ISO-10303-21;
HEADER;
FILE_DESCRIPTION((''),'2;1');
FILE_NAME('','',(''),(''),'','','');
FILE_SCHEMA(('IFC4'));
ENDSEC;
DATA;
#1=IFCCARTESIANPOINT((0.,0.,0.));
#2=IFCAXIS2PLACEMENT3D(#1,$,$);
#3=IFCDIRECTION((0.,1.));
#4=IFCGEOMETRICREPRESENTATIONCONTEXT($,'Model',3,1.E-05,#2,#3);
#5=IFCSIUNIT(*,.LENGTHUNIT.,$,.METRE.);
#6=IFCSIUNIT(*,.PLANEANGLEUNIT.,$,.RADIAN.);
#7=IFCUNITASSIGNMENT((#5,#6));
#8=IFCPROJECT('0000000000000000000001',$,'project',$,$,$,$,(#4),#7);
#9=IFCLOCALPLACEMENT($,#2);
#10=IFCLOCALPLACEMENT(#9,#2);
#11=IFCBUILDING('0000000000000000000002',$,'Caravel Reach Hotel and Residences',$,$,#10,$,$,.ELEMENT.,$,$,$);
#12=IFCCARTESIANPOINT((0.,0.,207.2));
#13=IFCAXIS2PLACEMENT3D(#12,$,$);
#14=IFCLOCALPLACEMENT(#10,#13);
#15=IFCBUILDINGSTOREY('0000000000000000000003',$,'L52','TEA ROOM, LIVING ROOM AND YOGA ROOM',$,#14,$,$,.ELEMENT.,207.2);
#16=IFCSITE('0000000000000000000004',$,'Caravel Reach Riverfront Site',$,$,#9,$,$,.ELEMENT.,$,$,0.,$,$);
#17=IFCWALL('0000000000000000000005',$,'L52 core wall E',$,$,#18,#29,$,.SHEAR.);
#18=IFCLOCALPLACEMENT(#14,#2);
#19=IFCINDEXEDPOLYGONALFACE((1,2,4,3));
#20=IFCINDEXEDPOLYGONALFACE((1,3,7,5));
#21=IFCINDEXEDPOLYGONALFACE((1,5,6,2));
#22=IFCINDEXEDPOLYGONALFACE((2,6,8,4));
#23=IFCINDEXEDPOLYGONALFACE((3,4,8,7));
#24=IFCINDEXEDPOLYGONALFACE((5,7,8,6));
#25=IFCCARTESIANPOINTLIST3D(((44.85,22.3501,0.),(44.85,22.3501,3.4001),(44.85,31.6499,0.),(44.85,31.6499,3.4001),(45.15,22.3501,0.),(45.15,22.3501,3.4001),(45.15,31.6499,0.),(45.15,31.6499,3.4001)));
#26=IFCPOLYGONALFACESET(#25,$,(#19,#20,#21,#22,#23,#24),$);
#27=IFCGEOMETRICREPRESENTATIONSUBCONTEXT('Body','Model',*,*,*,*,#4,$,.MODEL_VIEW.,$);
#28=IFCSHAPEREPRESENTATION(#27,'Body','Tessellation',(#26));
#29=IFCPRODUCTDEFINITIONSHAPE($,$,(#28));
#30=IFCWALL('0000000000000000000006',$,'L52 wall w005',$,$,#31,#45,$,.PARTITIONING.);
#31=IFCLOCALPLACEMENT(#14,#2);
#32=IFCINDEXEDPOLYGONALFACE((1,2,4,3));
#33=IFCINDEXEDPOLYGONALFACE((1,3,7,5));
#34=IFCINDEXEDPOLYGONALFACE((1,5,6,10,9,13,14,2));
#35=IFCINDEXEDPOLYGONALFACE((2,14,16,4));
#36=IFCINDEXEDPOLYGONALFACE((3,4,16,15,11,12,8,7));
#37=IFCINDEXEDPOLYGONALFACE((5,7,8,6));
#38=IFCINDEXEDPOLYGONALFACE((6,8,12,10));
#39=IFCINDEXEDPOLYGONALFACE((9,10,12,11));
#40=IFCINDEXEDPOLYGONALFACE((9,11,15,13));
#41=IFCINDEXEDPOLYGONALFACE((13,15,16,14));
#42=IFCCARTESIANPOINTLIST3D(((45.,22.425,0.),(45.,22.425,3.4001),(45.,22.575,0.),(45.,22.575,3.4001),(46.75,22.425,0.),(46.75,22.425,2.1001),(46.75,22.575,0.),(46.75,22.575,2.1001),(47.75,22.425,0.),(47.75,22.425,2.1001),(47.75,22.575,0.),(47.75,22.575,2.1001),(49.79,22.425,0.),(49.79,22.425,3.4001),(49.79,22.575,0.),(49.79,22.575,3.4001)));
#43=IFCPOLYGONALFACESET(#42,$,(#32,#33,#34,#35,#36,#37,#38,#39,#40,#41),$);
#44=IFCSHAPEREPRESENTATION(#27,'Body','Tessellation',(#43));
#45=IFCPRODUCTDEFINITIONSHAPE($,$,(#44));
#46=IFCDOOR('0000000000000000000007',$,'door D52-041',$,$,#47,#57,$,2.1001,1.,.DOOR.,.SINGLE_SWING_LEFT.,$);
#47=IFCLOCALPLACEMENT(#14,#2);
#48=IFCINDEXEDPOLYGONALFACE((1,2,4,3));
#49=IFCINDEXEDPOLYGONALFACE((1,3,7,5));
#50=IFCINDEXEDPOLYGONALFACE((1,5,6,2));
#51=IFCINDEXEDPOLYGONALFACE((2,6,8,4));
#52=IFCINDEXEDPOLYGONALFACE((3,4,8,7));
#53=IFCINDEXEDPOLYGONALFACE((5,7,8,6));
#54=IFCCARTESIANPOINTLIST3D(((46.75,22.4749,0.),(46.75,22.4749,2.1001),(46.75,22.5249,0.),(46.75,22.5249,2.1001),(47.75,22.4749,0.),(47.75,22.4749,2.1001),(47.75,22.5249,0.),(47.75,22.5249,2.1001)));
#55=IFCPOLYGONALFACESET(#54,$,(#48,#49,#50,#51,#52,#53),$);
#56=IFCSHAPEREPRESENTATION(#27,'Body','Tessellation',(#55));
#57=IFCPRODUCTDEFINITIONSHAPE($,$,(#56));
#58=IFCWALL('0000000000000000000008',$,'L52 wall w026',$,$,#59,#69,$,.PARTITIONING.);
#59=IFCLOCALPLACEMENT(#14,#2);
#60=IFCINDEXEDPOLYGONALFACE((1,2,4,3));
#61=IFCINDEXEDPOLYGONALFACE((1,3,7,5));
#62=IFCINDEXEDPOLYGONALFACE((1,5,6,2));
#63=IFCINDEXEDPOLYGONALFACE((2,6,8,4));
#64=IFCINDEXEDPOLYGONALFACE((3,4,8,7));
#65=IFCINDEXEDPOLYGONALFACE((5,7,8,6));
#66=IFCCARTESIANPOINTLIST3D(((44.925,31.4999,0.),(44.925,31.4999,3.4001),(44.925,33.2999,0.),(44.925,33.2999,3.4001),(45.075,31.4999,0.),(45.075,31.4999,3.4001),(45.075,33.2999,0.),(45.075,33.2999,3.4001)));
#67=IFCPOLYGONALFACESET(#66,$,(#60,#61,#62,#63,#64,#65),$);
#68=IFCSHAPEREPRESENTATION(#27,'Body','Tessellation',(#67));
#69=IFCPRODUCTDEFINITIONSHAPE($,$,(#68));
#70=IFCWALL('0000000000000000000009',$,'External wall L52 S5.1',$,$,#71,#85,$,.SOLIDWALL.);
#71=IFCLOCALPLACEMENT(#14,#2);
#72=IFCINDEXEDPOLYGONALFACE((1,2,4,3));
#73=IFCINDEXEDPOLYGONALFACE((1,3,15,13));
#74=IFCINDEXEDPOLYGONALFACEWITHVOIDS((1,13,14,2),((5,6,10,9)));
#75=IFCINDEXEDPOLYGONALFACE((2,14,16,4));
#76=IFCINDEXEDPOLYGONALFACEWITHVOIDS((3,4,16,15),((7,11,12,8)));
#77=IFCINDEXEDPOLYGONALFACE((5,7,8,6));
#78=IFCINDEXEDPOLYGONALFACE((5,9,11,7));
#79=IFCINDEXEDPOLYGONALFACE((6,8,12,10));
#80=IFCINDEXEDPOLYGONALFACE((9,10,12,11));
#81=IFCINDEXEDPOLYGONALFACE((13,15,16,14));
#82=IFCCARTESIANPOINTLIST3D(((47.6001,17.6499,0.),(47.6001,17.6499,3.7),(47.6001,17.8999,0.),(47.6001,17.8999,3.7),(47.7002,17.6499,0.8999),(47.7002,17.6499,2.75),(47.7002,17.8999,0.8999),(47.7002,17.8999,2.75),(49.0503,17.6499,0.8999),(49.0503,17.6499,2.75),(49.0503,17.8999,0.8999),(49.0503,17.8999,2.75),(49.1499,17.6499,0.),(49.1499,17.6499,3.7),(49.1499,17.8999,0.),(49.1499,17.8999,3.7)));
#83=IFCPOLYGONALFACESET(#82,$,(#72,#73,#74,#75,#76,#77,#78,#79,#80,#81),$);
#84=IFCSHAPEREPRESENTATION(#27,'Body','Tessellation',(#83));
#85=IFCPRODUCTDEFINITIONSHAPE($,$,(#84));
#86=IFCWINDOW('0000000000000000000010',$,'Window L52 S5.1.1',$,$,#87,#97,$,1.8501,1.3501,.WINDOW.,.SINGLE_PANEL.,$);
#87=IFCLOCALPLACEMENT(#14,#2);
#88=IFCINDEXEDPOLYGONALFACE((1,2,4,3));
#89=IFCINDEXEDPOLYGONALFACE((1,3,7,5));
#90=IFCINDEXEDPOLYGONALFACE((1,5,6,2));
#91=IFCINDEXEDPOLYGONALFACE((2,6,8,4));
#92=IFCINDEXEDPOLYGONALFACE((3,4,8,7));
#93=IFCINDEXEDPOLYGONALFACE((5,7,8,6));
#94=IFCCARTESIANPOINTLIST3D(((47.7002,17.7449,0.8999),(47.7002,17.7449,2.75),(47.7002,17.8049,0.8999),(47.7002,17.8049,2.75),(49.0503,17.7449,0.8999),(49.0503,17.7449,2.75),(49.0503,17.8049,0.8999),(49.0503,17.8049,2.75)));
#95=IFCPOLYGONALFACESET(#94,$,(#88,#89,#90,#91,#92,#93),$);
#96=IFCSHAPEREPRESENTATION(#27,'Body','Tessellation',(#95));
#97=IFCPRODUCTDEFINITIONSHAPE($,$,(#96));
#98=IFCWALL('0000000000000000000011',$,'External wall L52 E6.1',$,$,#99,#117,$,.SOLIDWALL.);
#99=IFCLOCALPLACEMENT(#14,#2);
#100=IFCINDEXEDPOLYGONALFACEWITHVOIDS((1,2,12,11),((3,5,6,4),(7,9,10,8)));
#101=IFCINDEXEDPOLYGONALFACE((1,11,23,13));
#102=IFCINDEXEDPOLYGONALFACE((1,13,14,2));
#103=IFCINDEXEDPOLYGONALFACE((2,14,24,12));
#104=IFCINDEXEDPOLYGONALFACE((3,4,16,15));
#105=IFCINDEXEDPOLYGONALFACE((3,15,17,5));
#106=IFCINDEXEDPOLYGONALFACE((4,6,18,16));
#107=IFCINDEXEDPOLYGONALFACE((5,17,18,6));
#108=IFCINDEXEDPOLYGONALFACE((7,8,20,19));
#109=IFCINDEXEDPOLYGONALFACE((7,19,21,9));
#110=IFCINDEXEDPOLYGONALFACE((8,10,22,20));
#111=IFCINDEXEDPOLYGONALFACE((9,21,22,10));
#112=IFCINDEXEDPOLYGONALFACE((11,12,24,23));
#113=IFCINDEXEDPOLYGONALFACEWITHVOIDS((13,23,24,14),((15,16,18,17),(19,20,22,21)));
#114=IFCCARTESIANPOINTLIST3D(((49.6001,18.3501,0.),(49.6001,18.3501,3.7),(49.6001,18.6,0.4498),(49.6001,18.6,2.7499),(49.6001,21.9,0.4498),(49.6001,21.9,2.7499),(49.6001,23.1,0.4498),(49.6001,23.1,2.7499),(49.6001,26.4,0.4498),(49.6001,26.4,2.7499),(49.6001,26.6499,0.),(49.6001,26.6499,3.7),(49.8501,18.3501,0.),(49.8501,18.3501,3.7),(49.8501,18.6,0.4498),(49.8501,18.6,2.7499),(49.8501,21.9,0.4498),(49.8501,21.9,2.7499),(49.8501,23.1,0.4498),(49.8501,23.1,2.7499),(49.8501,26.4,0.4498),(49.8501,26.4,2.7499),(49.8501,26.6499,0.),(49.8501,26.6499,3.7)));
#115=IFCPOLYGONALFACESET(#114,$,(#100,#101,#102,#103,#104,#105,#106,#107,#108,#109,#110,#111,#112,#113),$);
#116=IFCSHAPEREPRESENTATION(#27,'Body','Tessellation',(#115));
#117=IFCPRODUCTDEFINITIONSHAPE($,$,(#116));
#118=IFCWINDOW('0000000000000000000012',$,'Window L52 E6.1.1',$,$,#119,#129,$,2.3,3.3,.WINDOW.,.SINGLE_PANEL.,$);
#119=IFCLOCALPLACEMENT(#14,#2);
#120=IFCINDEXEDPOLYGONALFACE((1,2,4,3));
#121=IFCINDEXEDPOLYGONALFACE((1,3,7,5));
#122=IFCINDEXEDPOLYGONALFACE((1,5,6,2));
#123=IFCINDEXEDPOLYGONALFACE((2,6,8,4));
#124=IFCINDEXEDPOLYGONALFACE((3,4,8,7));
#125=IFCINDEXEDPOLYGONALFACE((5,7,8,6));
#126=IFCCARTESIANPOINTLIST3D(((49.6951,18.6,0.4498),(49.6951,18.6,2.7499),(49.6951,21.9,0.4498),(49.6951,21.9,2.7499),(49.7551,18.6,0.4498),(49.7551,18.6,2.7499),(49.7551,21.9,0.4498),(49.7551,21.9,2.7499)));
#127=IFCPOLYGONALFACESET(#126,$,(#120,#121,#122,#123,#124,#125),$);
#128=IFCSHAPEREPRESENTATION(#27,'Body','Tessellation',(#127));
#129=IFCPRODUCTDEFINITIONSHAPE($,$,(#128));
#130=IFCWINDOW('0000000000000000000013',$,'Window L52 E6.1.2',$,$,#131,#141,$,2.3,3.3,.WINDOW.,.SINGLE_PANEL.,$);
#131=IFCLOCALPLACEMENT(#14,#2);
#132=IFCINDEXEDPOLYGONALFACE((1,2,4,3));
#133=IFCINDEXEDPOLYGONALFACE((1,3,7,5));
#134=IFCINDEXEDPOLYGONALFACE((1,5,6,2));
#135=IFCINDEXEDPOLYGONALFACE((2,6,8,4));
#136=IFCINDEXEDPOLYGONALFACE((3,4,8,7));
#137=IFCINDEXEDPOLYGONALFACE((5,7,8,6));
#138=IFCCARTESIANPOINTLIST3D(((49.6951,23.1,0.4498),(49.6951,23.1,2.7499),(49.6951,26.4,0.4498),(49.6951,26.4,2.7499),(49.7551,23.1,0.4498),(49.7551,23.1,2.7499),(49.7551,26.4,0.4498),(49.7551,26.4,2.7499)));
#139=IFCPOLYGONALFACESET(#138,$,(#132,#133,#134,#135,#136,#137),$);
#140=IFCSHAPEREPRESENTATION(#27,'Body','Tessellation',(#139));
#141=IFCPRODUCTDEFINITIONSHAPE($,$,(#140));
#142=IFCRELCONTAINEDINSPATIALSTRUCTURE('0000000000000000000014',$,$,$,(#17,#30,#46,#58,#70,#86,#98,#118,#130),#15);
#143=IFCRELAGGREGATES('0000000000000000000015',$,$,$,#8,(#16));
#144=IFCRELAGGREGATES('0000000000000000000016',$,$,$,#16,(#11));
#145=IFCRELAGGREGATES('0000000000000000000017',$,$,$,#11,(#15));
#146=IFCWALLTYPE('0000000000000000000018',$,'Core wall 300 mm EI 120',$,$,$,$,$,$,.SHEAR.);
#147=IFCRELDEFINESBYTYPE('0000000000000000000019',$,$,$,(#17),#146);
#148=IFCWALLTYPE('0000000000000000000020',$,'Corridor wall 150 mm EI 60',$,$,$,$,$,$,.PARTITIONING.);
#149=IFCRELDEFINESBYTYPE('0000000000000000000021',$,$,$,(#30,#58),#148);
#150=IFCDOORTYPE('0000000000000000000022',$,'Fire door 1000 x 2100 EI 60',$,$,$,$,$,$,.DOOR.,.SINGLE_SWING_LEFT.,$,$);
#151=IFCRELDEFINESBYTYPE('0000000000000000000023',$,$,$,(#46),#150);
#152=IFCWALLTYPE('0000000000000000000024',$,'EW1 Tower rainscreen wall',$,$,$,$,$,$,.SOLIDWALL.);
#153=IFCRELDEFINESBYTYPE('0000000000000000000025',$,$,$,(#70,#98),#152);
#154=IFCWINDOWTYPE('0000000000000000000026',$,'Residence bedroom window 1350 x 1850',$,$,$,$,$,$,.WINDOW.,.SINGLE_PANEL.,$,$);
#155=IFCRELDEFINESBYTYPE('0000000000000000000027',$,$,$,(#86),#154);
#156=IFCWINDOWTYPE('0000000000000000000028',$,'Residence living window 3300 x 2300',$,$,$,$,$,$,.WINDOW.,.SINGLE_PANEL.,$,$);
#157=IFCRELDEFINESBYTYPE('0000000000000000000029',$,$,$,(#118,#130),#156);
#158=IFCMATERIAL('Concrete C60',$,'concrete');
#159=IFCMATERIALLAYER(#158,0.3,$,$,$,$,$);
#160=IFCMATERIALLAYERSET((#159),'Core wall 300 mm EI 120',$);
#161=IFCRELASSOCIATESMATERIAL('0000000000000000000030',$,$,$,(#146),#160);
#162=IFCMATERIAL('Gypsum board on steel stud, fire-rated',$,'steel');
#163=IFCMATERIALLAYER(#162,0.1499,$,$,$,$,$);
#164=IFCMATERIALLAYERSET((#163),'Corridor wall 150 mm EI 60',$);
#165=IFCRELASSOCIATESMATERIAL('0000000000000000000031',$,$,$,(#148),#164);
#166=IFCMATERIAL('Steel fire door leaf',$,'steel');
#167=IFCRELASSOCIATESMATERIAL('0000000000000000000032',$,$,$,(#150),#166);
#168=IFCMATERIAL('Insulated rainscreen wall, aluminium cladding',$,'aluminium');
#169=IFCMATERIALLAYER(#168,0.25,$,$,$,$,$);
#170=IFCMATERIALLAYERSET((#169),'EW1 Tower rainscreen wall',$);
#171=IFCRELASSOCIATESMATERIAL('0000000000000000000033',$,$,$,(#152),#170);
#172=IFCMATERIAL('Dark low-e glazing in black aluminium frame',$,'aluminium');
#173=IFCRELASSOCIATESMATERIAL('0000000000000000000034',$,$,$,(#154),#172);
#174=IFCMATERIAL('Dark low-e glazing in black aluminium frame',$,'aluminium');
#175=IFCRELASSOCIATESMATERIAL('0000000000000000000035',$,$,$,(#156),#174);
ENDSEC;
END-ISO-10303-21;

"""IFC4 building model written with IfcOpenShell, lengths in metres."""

from ifc_helpers import new_model, si_unit, direction, frame, frame_2d, origin, place, context, subcontext, project, spatial, rectangle, extrude, material, layer, layer_set, type_object, element, fill, save


model = new_model("IFC4")

# Units and contexts
model_context = context("Model", 3, precision=1e-05, world=origin(), true_north=direction((0.0, 1.0)))
body_context = subcontext(model_context, "Body", "Model", "MODEL_VIEW")
ifc_project = project(units=[si_unit("LENGTHUNIT", "METRE"), si_unit("PLANEANGLEUNIT", "RADIAN")], contexts=[model_context])

# Site, building, storey
site_placement = place(None, origin())
site = spatial("IfcSite", under=ifc_project, at=site_placement, Name="Caravel Reach Riverfront Site", CompositionType="ELEMENT", RefElevation=0.0)
building_placement = place(site_placement, origin())
building = spatial("IfcBuilding", under=site, at=building_placement, Name="Caravel Reach Hotel and Residences", CompositionType="ELEMENT")
storey_placement = place(building_placement, frame((0.0, 0.0, 207.2)))
storey = spatial("IfcBuildingStorey", under=building, at=storey_placement, Name="L52", Description="TEA ROOM, LIVING ROOM AND YOGA ROOM", CompositionType="ELEMENT", Elevation=207.2)

# Wall
ifc_material_1 = material(Name="Concrete C60", Category="concrete")
ifc_layer_1 = layer(ifc_material_1, 0.3)
ifc_layer_set_1 = layer_set([ifc_layer_1], Name="Core wall 300 mm EI 120")
wall_type_1 = type_object("IfcWallType", Name="Core wall 300 mm EI 120", PredefinedType="SHEAR", material=ifc_layer_set_1)
wall_1_placement = place(storey_placement, frame((45.0, 22.3501, 0.0), z_axis=(0.0, 0.0, 1.0), x_axis=(0.0, 1.0, 0.0)))
element("IfcWall", 1, at=wall_1_placement, inside=storey, type_object=wall_type_1, Name="L52 core wall E", PredefinedType="SHEAR", context=body_context, shape_type="SweptSolid", body=[
    extrude(rectangle(XDim=9.2998, YDim=0.3, at=frame_2d((4.6499, 0.0))), origin(), (0.0, 0.0, 1.0), 3.4001),
])

# Wall, opening, door
ifc_material_2 = material(Name="Gypsum board on steel stud, fire-rated", Category="steel")
ifc_layer_2 = layer(ifc_material_2, 0.1499)
ifc_layer_set_2 = layer_set([ifc_layer_2], Name="Corridor wall 150 mm EI 60")
wall_type_2 = type_object("IfcWallType", Name="Corridor wall 150 mm EI 60", PredefinedType="PARTITIONING", material=ifc_layer_set_2)
wall_2_placement = place(storey_placement, frame((45.0, 22.5, 0.0), z_axis=(0.0, 0.0, 1.0), x_axis=(1.0, 0.0, 0.0)))
wall_2 = element("IfcWall", 2, at=wall_2_placement, inside=storey, type_object=wall_type_2, Name="L52 wall w005", PredefinedType="PARTITIONING", context=body_context, shape_type="SweptSolid", body=[
    extrude(rectangle(XDim=4.79, YDim=0.1499, at=frame_2d((2.395, 0.0))), origin(), (0.0, 0.0, 1.0), 3.4001),
])
opening_1_placement = place(wall_2_placement, frame((1.75, 0.0, 0.0)))
opening_1 = element("IfcOpeningElement", 3, at=opening_1_placement, cuts=wall_2, PredefinedType="OPENING", context=body_context, shape_type="SweptSolid", body=[
    extrude(rectangle(XDim=1.0, YDim=2.1001, at=frame_2d((0.5, 1.05))), frame((0.0, 0.085, 0.0), z_axis=(0.0, -1.0, 0.0), x_axis=(1.0, 0.0, 0.0)), (0.0, 0.0, 1.0), 0.1699),
])
ifc_material_3 = material(Name="Steel fire door leaf", Category="steel")
door_type = type_object("IfcDoorType", Name="Fire door 1000 x 2100 EI 60", OperationType="SINGLE_SWING_LEFT", PredefinedType="DOOR", material=ifc_material_3)
door_placement = place(opening_1_placement, origin())
door = element("IfcDoor", 4, at=door_placement, inside=storey, type_object=door_type, Name="door D52-041", OperationType="SINGLE_SWING_LEFT", OverallHeight=2.1001, OverallWidth=1.0, PredefinedType="DOOR", context=body_context, shape_type="SweptSolid", body=[
    extrude(rectangle(XDim=1.0, YDim=2.1001, at=frame_2d((0.5, 1.05))), frame((0.0, 0.0249, 0.0), z_axis=(0.0, -1.0, 0.0), x_axis=(1.0, 0.0, 0.0)), (0.0, 0.0, 1.0), 0.05),
])
fill(opening_1, door)

# Wall
wall_3_placement = place(storey_placement, frame((45.0, 31.5, 0.0), z_axis=(0.0, 0.0, 1.0), x_axis=(0.0, 1.0, 0.0)))
element("IfcWall", 5, at=wall_3_placement, inside=storey, type_object=wall_type_2, Name="L52 wall w026", PredefinedType="PARTITIONING", context=body_context, shape_type="SweptSolid", body=[
    extrude(rectangle(XDim=1.8, YDim=0.1499, at=frame_2d((0.8999, 0.0))), origin(), (0.0, 0.0, 1.0), 3.4001),
])

# Wall, opening, window
ifc_material_4 = material(Name="Insulated rainscreen wall, aluminium cladding", Category="aluminium")
ifc_layer_3 = layer(ifc_material_4, 0.25)
ifc_layer_set_3 = layer_set([ifc_layer_3], Name="EW1 Tower rainscreen wall")
wall_type_3 = type_object("IfcWallType", Name="EW1 Tower rainscreen wall", PredefinedType="SOLIDWALL", material=ifc_layer_set_3)
wall_4_placement = place(storey_placement, frame((47.6001, 17.7749, 0.0), z_axis=(0.0, 0.0, 1.0), x_axis=(1.0, 0.0, 0.0)))
wall_4 = element("IfcWall", 6, at=wall_4_placement, inside=storey, type_object=wall_type_3, Name="External wall L52 S5.1", PredefinedType="SOLIDWALL", context=body_context, shape_type="SweptSolid", body=[
    extrude(rectangle(XDim=1.5498, YDim=0.25, at=frame_2d((0.7749, 0.0))), origin(), (0.0, 0.0, 1.0), 3.7),
])
opening_2_placement = place(wall_4_placement, frame((0.1001, 0.0, 0.8999)))
opening_2 = element("IfcOpeningElement", 7, at=opening_2_placement, cuts=wall_4, PredefinedType="OPENING", context=body_context, shape_type="SweptSolid", body=[
    extrude(rectangle(XDim=1.3501, YDim=1.8501, at=frame_2d((0.675, 0.925))), frame((0.0, 0.135, 0.0), z_axis=(0.0, -1.0, 0.0), x_axis=(1.0, 0.0, 0.0)), (0.0, 0.0, 1.0), 0.27),
])
ifc_material_5 = material(Name="Dark low-e glazing in black aluminium frame", Category="aluminium")
window_type_1 = type_object("IfcWindowType", Name="Residence bedroom window 1350 x 1850", PartitioningType="SINGLE_PANEL", PredefinedType="WINDOW", material=ifc_material_5)
window_1_placement = place(opening_2_placement, origin())
window_1 = element("IfcWindow", 8, at=window_1_placement, inside=storey, type_object=window_type_1, Name="Window L52 S5.1.1", OverallHeight=1.8501, OverallWidth=1.3501, PartitioningType="SINGLE_PANEL", PredefinedType="WINDOW", context=body_context, shape_type="SweptSolid", body=[
    extrude(rectangle(XDim=1.3501, YDim=1.8501, at=frame_2d((0.675, 0.925))), frame((0.0, 0.03, 0.0), z_axis=(0.0, -1.0, 0.0), x_axis=(1.0, 0.0, 0.0)), (0.0, 0.0, 1.0), 0.0601),
])
fill(opening_2, window_1)

# Wall, openings, windows
wall_5_placement = place(storey_placement, frame((49.7251, 18.3501, 0.0), z_axis=(0.0, 0.0, 1.0), x_axis=(0.0, 1.0, 0.0)))
wall_5 = element("IfcWall", 9, at=wall_5_placement, inside=storey, type_object=wall_type_3, Name="External wall L52 E6.1", PredefinedType="SOLIDWALL", context=body_context, shape_type="SweptSolid", body=[
    extrude(rectangle(XDim=8.2998, YDim=0.25, at=frame_2d((4.1499, 0.0))), origin(), (0.0, 0.0, 1.0), 3.7),
])
opening_3_placement = place(wall_5_placement, frame((0.25, 0.0, 0.45)))
opening_3 = element("IfcOpeningElement", 10, at=opening_3_placement, cuts=wall_5, PredefinedType="OPENING", context=body_context, shape_type="SweptSolid", body=[
    extrude(rectangle(XDim=3.3, YDim=2.3, at=frame_2d((1.6499, 1.1499))), frame((0.0, 0.135, 0.0), z_axis=(0.0, -1.0, 0.0), x_axis=(1.0, 0.0, 0.0)), (0.0, 0.0, 1.0), 0.27),
])
opening_4_placement = place(wall_5_placement, frame((4.75, 0.0, 0.45)))
opening_4 = element("IfcOpeningElement", 11, at=opening_4_placement, cuts=wall_5, PredefinedType="OPENING", context=body_context, shape_type="SweptSolid", body=[
    extrude(rectangle(XDim=3.3, YDim=2.3, at=frame_2d((1.6499, 1.1499))), frame((0.0, 0.135, 0.0), z_axis=(0.0, -1.0, 0.0), x_axis=(1.0, 0.0, 0.0)), (0.0, 0.0, 1.0), 0.27),
])
ifc_material_6 = material(Name="Dark low-e glazing in black aluminium frame", Category="aluminium")
window_type_2 = type_object("IfcWindowType", Name="Residence living window 3300 x 2300", PartitioningType="SINGLE_PANEL", PredefinedType="WINDOW", material=ifc_material_6)
window_2_placement = place(opening_3_placement, origin())
window_2 = element("IfcWindow", 12, at=window_2_placement, inside=storey, type_object=window_type_2, Name="Window L52 E6.1.1", OverallHeight=2.3, OverallWidth=3.3, PartitioningType="SINGLE_PANEL", PredefinedType="WINDOW", context=body_context, shape_type="SweptSolid", body=[
    extrude(rectangle(XDim=3.3, YDim=2.3, at=frame_2d((1.6499, 1.1499))), frame((0.0, 0.03, 0.0), z_axis=(0.0, -1.0, 0.0), x_axis=(1.0, 0.0, 0.0)), (0.0, 0.0, 1.0), 0.0601),
])
fill(opening_3, window_2)
window_3_placement = place(opening_4_placement, origin())
window_3 = element("IfcWindow", 13, at=window_3_placement, inside=storey, type_object=window_type_2, Name="Window L52 E6.1.2", OverallHeight=2.3, OverallWidth=3.3, PartitioningType="SINGLE_PANEL", PredefinedType="WINDOW", context=body_context, shape_type="SweptSolid", body=[
    extrude(rectangle(XDim=3.3, YDim=2.3, at=frame_2d((1.6499, 1.1499))), frame((0.0, 0.03, 0.0), z_axis=(0.0, -1.0, 0.0), x_axis=(1.0, 0.0, 0.0)), (0.0, 0.0, 1.0), 0.0601),
])
fill(opening_4, window_3)

save(model, "model.ifc")
